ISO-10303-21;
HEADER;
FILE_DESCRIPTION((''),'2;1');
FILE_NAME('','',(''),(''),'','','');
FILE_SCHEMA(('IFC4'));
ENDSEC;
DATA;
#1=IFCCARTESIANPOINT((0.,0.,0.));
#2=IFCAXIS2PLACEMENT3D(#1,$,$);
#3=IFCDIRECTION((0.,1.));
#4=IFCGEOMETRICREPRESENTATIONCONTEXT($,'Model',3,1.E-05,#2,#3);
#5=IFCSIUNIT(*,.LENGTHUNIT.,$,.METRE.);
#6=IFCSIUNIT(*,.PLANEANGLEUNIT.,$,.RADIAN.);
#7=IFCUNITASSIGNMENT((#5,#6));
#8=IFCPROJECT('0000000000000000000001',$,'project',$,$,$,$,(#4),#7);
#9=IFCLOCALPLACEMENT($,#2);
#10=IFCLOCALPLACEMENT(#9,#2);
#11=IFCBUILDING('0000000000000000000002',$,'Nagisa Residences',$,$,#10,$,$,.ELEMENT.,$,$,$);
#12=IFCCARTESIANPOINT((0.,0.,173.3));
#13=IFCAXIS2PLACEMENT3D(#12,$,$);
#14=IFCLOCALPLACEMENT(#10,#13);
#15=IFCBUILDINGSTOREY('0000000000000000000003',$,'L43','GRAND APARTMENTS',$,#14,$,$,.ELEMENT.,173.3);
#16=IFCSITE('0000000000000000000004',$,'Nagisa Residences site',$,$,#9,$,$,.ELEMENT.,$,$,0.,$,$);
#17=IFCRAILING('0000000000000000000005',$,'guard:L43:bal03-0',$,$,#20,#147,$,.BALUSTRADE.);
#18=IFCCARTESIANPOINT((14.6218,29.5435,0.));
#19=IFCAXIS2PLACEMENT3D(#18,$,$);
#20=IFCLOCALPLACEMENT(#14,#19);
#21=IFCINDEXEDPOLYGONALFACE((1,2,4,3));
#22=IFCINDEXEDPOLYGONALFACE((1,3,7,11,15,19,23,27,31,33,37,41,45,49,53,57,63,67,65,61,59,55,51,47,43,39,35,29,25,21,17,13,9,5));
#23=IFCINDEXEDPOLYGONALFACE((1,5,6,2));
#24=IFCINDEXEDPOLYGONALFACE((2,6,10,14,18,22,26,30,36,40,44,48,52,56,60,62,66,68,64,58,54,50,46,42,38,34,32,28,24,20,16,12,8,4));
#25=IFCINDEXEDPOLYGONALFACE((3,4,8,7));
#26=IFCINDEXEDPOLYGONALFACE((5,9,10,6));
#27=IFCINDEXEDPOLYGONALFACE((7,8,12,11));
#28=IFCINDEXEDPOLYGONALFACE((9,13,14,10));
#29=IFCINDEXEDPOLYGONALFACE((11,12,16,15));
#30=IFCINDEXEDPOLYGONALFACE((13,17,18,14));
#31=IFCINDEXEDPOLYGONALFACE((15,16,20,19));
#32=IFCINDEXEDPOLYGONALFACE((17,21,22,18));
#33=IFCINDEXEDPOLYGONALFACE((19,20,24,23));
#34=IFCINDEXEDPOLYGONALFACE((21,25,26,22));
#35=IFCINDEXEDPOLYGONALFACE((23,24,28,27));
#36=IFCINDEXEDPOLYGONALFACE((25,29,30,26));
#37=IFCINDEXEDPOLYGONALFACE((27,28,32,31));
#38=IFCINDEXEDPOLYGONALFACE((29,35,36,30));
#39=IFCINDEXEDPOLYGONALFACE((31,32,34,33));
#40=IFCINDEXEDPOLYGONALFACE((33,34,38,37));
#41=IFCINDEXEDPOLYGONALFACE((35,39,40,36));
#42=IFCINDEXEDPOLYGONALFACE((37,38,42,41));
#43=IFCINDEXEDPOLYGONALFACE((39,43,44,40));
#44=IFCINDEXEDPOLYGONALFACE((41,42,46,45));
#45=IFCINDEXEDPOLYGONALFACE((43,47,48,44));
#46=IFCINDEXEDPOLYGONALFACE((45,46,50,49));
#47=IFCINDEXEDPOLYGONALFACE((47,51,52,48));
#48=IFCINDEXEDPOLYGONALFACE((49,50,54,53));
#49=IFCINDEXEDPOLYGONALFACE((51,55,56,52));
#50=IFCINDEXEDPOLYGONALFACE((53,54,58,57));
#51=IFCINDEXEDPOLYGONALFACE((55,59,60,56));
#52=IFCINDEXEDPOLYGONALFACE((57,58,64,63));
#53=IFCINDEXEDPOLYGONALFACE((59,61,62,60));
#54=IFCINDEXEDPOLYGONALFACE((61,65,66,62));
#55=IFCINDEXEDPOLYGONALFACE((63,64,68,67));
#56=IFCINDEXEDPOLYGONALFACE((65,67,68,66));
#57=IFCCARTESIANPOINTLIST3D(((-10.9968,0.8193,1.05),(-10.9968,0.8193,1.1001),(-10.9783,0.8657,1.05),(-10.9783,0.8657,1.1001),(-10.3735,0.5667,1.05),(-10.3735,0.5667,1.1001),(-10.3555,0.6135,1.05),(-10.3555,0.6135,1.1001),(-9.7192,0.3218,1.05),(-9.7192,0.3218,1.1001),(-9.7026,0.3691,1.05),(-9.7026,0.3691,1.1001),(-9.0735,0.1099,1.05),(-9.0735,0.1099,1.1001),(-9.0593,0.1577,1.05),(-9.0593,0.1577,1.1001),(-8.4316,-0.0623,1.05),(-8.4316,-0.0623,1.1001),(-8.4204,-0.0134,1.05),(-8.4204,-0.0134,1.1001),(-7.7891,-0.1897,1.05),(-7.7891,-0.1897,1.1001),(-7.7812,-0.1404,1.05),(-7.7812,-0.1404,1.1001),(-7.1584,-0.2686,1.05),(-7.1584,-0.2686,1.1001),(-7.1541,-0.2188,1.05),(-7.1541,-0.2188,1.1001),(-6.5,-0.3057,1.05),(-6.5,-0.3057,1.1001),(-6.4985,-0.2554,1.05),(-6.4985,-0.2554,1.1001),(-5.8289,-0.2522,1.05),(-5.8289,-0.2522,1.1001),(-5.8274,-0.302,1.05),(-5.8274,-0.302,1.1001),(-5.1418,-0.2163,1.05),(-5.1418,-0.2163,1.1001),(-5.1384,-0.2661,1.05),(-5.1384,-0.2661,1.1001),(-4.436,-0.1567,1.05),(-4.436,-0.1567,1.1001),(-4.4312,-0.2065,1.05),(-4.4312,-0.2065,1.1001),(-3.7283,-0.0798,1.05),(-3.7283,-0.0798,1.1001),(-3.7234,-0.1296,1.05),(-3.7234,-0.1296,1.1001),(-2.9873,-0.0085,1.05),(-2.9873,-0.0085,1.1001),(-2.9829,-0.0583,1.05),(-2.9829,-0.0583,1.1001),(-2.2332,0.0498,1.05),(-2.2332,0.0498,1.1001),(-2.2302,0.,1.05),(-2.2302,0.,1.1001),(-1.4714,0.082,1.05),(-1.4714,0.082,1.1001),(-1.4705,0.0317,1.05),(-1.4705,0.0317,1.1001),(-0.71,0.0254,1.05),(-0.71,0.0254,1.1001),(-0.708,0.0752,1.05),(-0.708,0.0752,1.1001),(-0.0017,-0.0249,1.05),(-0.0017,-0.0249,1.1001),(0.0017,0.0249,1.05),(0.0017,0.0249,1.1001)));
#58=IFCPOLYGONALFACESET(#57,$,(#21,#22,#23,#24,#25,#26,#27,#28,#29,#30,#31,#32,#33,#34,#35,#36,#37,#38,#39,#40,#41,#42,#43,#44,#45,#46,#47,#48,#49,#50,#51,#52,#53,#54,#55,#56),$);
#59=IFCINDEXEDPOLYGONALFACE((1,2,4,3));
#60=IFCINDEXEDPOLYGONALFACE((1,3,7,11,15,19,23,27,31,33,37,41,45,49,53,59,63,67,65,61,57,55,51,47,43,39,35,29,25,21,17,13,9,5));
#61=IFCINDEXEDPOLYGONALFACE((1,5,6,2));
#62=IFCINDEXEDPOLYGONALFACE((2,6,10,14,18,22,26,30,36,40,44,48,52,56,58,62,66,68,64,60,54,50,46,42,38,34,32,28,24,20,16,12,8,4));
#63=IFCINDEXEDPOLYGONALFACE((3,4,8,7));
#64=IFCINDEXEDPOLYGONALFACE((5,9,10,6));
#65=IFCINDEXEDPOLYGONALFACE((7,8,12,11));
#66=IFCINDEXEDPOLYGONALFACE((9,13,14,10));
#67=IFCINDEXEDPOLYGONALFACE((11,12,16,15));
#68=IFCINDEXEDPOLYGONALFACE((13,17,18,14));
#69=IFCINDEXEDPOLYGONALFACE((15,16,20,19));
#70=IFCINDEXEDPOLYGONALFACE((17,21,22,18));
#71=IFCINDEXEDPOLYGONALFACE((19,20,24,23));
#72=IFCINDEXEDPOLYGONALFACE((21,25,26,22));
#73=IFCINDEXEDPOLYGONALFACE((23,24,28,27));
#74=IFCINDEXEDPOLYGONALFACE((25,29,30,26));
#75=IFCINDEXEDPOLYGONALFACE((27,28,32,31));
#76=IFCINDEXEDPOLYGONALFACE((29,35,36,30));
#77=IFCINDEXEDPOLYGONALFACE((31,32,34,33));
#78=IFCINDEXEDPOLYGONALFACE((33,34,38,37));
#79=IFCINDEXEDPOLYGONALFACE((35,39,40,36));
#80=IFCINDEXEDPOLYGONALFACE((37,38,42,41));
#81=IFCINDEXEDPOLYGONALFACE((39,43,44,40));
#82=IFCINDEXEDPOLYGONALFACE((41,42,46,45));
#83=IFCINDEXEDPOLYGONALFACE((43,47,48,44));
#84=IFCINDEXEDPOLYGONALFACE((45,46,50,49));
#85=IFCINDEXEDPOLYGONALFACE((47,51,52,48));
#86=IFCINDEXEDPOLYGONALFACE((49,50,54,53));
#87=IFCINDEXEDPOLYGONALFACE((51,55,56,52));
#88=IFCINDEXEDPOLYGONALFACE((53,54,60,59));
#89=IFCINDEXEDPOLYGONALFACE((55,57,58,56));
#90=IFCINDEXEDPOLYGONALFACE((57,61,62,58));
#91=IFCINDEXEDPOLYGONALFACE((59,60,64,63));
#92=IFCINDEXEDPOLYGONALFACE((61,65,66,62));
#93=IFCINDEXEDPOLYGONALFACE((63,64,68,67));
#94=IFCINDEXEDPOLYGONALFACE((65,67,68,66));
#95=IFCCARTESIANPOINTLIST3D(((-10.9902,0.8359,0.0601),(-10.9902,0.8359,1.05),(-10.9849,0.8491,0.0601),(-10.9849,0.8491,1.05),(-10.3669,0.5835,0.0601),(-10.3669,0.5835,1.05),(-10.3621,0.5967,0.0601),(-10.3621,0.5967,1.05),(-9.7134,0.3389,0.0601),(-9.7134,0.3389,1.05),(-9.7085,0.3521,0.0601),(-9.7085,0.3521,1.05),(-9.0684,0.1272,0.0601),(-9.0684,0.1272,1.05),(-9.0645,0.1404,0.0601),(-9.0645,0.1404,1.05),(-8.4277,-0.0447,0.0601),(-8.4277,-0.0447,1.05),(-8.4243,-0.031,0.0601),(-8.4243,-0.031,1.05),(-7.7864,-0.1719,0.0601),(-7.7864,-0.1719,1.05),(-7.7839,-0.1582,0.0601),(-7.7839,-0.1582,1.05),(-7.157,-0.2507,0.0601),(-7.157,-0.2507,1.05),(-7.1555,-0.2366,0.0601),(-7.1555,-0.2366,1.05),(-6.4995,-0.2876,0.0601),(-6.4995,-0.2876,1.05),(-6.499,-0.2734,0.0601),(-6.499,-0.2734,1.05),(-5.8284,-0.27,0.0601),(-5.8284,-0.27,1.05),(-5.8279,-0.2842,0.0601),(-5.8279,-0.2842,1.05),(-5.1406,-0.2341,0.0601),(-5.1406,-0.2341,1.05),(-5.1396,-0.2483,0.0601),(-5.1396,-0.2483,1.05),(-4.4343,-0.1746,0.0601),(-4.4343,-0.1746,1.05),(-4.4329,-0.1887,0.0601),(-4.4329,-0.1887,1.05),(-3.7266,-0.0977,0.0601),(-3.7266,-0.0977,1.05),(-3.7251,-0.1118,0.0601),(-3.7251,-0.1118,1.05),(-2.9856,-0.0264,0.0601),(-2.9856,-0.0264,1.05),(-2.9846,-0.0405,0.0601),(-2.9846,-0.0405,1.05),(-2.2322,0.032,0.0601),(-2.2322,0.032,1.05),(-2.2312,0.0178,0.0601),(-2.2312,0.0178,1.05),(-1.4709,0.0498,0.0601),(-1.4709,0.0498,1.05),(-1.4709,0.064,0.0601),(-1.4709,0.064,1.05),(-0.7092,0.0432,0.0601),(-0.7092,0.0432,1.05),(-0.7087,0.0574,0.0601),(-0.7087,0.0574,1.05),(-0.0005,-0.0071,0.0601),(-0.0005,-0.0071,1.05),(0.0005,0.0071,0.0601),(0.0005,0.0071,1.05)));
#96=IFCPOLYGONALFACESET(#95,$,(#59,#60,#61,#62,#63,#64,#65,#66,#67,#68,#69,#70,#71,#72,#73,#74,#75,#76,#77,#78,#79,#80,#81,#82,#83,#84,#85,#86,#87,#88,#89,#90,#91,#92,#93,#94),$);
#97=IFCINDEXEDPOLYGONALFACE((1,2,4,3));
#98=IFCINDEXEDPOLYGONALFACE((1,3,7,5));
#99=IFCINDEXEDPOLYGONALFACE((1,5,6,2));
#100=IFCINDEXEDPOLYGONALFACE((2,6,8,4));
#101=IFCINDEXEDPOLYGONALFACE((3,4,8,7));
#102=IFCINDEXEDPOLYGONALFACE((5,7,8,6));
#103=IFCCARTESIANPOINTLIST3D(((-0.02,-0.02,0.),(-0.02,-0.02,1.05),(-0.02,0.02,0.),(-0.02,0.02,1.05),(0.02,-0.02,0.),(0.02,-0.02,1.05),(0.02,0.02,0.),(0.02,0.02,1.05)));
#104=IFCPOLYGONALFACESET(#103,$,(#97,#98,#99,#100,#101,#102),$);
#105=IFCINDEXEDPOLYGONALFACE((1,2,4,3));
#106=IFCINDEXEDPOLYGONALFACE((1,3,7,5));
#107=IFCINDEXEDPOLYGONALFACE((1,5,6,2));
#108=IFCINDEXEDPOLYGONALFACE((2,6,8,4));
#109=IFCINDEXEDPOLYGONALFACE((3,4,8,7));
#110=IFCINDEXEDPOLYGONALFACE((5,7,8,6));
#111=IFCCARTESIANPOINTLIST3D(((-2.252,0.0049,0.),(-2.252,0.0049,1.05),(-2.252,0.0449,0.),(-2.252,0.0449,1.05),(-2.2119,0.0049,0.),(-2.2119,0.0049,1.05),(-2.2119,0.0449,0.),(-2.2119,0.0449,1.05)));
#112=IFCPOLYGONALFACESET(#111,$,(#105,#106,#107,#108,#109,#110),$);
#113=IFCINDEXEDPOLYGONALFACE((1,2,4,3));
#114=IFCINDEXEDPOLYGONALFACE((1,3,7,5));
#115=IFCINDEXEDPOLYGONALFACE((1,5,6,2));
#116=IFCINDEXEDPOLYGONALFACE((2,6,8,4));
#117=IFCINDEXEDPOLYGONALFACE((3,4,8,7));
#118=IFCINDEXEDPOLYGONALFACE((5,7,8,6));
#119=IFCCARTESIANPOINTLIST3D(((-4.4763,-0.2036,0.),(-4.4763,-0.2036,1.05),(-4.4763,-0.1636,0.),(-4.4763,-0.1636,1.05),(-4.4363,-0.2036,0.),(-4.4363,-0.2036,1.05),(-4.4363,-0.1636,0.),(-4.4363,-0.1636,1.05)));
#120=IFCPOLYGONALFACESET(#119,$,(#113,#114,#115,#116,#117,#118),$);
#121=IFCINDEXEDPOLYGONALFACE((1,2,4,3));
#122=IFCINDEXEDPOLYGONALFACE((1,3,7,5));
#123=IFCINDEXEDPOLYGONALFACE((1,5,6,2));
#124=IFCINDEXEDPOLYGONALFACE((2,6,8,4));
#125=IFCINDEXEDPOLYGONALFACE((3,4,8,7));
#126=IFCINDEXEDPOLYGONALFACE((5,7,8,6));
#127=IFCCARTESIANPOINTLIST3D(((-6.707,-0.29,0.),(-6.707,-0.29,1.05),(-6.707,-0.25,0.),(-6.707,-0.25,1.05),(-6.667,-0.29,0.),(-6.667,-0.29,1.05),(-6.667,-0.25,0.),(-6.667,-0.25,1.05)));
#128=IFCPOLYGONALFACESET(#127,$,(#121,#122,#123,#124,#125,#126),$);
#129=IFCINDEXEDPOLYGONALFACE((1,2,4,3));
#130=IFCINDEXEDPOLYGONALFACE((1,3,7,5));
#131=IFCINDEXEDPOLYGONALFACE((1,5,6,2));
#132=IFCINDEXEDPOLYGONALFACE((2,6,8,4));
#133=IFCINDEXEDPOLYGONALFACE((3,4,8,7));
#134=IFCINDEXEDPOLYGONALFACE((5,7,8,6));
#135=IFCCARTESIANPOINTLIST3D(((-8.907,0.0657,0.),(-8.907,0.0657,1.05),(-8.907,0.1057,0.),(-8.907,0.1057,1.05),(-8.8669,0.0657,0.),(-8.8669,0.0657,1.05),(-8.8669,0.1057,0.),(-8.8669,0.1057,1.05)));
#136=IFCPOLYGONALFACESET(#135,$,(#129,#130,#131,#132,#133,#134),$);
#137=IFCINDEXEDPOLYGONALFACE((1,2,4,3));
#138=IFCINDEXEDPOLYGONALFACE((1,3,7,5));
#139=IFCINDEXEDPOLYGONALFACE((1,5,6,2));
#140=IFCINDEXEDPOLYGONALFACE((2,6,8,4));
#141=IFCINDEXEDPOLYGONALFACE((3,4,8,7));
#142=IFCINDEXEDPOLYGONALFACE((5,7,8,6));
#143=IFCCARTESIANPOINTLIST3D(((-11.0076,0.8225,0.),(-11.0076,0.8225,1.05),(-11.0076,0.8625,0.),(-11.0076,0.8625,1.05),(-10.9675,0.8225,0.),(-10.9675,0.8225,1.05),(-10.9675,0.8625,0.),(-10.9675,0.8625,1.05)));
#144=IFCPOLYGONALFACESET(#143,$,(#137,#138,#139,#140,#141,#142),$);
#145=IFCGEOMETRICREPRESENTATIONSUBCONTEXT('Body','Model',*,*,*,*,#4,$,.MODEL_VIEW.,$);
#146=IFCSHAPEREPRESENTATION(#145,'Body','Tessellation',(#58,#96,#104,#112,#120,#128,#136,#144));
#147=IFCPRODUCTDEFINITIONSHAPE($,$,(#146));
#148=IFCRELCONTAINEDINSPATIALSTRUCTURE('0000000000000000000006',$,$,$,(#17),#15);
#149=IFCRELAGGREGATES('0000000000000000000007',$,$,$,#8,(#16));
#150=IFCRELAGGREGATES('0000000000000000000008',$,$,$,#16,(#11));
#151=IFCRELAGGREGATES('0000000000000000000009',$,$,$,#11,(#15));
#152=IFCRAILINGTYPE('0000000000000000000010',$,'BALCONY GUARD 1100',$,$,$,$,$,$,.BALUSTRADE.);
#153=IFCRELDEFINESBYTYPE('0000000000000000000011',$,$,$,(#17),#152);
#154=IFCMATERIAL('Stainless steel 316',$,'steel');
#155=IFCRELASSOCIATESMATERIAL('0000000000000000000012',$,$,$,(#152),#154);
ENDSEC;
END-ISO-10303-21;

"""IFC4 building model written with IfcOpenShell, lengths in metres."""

from ifc_helpers import new_model, si_unit, direction, frame, origin, origin_2d, place, context, subcontext, project, spatial, polyline, rectangle, outline, extrude, material, type_object, element, save


model = new_model("IFC4")

# Units and contexts
model_context = context("Model", 3, precision=1e-05, world=origin(), true_north=direction((0.0, 1.0)))
body_context = subcontext(model_context, "Body", "Model", "MODEL_VIEW")
ifc_project = project(units=[si_unit("LENGTHUNIT", "METRE"), si_unit("PLANEANGLEUNIT", "RADIAN")], contexts=[model_context])

# Site, building, storey
site_placement = place(None, origin())
site = spatial("IfcSite", under=ifc_project, at=site_placement, Name="Nagisa Residences site", CompositionType="ELEMENT", RefElevation=0.0)
building_placement = place(site_placement, origin())
building = spatial("IfcBuilding", under=site, at=building_placement, Name="Nagisa Residences", CompositionType="ELEMENT")
storey_placement = place(building_placement, frame((0.0, 0.0, 173.3)))
storey = spatial("IfcBuildingStorey", under=building, at=storey_placement, Name="L43", Description="GRAND APARTMENTS", CompositionType="ELEMENT", Elevation=173.3)

# Railing
ifc_material_1 = material(Name="Stainless steel 316", Category="steel")
railing_type = type_object("IfcRailingType", Name="BALCONY GUARD 1100", PredefinedType="BALUSTRADE", material=ifc_material_1)
railing_1_placement = place(storey_placement, frame((14.6218, 29.5435, 0.0)))
element("IfcRailing", 1, at=railing_1_placement, inside=storey, type_object=railing_type, Name="guard:L43:bal03-0", PredefinedType="BALUSTRADE", context=body_context, shape_type="SweptSolid", body=[
    extrude(outline(polyline([(-0.71, 0.0254), (-0.0017, -0.0249), (0.0017, 0.0249), (-0.708, 0.0752), (-1.4714, 0.082), (-2.2332, 0.0498), (-2.9873, -0.0085), (-3.7283, -0.0798), (-4.436, -0.1567), (-5.1418, -0.2163), (-5.8289, -0.2522), (-6.4985, -0.2554), (-7.1541, -0.2188), (-7.7812, -0.1404), (-8.4204, -0.0134), (-9.0593, 0.1577), (-9.7026, 0.3691), (-10.3555, 0.6135), (-10.9783, 0.8657), (-10.9968, 0.8193), (-10.3735, 0.5667), (-9.7192, 0.3218), (-9.0735, 0.1099), (-8.4316, -0.0623), (-7.7891, -0.1897), (-7.1584, -0.2686), (-6.5, -0.3057), (-5.8274, -0.302), (-5.1384, -0.2661), (-4.4312, -0.2065), (-3.7234, -0.1296), (-2.9829, -0.0583), (-2.2302, 0.0), (-1.4705, 0.0317), (-0.71, 0.0254)])), frame((0.0, 0.0, 1.05)), (0.0, 0.0, 1.0), 0.05),
    extrude(outline(polyline([(-0.7092, 0.0432), (-0.0005, -0.0071), (0.0005, 0.0071), (-0.7087, 0.0574), (-1.4709, 0.064), (-2.2322, 0.032), (-2.9856, -0.0264), (-3.7266, -0.0977), (-4.4343, -0.1746), (-5.1406, -0.2341), (-5.8284, -0.27), (-6.499, -0.2734), (-7.1555, -0.2366), (-7.7839, -0.1582), (-8.4243, -0.031), (-9.0645, 0.1404), (-9.7085, 0.3521), (-10.3621, 0.5967), (-10.9849, 0.8491), (-10.9902, 0.8359), (-10.3669, 0.5835), (-9.7134, 0.3389), (-9.0684, 0.1272), (-8.4277, -0.0447), (-7.7864, -0.1719), (-7.157, -0.2507), (-6.4995, -0.2876), (-5.8279, -0.2842), (-5.1396, -0.2483), (-4.4329, -0.1887), (-3.7251, -0.1118), (-2.9846, -0.0405), (-2.2312, 0.0178), (-1.4709, 0.0498), (-0.7092, 0.0432)])), frame((0.0, 0.0, 0.0601)), (0.0, 0.0, 1.0), 0.99),
    extrude(rectangle(XDim=0.04, YDim=0.04, at=origin_2d()), origin(), (0.0, 0.0, 1.0), 1.05),
    extrude(rectangle(XDim=0.04, YDim=0.04, at=origin_2d()), frame((-2.2319, 0.0249, 0.0)), (0.0, 0.0, 1.0), 1.05),
    extrude(rectangle(XDim=0.04, YDim=0.04, at=origin_2d()), frame((-4.4563, -0.1836, 0.0)), (0.0, 0.0, 1.0), 1.05),
    extrude(rectangle(XDim=0.04, YDim=0.04, at=origin_2d()), frame((-6.687, -0.27, 0.0)), (0.0, 0.0, 1.0), 1.05),
    extrude(rectangle(XDim=0.04, YDim=0.04, at=origin_2d()), frame((-8.887, 0.0857, 0.0)), (0.0, 0.0, 1.0), 1.05),
    extrude(rectangle(XDim=0.04, YDim=0.04, at=origin_2d()), frame((-10.9875, 0.8425, 0.0)), (0.0, 0.0, 1.0), 1.05),
])

save(model, "model.ifc")
